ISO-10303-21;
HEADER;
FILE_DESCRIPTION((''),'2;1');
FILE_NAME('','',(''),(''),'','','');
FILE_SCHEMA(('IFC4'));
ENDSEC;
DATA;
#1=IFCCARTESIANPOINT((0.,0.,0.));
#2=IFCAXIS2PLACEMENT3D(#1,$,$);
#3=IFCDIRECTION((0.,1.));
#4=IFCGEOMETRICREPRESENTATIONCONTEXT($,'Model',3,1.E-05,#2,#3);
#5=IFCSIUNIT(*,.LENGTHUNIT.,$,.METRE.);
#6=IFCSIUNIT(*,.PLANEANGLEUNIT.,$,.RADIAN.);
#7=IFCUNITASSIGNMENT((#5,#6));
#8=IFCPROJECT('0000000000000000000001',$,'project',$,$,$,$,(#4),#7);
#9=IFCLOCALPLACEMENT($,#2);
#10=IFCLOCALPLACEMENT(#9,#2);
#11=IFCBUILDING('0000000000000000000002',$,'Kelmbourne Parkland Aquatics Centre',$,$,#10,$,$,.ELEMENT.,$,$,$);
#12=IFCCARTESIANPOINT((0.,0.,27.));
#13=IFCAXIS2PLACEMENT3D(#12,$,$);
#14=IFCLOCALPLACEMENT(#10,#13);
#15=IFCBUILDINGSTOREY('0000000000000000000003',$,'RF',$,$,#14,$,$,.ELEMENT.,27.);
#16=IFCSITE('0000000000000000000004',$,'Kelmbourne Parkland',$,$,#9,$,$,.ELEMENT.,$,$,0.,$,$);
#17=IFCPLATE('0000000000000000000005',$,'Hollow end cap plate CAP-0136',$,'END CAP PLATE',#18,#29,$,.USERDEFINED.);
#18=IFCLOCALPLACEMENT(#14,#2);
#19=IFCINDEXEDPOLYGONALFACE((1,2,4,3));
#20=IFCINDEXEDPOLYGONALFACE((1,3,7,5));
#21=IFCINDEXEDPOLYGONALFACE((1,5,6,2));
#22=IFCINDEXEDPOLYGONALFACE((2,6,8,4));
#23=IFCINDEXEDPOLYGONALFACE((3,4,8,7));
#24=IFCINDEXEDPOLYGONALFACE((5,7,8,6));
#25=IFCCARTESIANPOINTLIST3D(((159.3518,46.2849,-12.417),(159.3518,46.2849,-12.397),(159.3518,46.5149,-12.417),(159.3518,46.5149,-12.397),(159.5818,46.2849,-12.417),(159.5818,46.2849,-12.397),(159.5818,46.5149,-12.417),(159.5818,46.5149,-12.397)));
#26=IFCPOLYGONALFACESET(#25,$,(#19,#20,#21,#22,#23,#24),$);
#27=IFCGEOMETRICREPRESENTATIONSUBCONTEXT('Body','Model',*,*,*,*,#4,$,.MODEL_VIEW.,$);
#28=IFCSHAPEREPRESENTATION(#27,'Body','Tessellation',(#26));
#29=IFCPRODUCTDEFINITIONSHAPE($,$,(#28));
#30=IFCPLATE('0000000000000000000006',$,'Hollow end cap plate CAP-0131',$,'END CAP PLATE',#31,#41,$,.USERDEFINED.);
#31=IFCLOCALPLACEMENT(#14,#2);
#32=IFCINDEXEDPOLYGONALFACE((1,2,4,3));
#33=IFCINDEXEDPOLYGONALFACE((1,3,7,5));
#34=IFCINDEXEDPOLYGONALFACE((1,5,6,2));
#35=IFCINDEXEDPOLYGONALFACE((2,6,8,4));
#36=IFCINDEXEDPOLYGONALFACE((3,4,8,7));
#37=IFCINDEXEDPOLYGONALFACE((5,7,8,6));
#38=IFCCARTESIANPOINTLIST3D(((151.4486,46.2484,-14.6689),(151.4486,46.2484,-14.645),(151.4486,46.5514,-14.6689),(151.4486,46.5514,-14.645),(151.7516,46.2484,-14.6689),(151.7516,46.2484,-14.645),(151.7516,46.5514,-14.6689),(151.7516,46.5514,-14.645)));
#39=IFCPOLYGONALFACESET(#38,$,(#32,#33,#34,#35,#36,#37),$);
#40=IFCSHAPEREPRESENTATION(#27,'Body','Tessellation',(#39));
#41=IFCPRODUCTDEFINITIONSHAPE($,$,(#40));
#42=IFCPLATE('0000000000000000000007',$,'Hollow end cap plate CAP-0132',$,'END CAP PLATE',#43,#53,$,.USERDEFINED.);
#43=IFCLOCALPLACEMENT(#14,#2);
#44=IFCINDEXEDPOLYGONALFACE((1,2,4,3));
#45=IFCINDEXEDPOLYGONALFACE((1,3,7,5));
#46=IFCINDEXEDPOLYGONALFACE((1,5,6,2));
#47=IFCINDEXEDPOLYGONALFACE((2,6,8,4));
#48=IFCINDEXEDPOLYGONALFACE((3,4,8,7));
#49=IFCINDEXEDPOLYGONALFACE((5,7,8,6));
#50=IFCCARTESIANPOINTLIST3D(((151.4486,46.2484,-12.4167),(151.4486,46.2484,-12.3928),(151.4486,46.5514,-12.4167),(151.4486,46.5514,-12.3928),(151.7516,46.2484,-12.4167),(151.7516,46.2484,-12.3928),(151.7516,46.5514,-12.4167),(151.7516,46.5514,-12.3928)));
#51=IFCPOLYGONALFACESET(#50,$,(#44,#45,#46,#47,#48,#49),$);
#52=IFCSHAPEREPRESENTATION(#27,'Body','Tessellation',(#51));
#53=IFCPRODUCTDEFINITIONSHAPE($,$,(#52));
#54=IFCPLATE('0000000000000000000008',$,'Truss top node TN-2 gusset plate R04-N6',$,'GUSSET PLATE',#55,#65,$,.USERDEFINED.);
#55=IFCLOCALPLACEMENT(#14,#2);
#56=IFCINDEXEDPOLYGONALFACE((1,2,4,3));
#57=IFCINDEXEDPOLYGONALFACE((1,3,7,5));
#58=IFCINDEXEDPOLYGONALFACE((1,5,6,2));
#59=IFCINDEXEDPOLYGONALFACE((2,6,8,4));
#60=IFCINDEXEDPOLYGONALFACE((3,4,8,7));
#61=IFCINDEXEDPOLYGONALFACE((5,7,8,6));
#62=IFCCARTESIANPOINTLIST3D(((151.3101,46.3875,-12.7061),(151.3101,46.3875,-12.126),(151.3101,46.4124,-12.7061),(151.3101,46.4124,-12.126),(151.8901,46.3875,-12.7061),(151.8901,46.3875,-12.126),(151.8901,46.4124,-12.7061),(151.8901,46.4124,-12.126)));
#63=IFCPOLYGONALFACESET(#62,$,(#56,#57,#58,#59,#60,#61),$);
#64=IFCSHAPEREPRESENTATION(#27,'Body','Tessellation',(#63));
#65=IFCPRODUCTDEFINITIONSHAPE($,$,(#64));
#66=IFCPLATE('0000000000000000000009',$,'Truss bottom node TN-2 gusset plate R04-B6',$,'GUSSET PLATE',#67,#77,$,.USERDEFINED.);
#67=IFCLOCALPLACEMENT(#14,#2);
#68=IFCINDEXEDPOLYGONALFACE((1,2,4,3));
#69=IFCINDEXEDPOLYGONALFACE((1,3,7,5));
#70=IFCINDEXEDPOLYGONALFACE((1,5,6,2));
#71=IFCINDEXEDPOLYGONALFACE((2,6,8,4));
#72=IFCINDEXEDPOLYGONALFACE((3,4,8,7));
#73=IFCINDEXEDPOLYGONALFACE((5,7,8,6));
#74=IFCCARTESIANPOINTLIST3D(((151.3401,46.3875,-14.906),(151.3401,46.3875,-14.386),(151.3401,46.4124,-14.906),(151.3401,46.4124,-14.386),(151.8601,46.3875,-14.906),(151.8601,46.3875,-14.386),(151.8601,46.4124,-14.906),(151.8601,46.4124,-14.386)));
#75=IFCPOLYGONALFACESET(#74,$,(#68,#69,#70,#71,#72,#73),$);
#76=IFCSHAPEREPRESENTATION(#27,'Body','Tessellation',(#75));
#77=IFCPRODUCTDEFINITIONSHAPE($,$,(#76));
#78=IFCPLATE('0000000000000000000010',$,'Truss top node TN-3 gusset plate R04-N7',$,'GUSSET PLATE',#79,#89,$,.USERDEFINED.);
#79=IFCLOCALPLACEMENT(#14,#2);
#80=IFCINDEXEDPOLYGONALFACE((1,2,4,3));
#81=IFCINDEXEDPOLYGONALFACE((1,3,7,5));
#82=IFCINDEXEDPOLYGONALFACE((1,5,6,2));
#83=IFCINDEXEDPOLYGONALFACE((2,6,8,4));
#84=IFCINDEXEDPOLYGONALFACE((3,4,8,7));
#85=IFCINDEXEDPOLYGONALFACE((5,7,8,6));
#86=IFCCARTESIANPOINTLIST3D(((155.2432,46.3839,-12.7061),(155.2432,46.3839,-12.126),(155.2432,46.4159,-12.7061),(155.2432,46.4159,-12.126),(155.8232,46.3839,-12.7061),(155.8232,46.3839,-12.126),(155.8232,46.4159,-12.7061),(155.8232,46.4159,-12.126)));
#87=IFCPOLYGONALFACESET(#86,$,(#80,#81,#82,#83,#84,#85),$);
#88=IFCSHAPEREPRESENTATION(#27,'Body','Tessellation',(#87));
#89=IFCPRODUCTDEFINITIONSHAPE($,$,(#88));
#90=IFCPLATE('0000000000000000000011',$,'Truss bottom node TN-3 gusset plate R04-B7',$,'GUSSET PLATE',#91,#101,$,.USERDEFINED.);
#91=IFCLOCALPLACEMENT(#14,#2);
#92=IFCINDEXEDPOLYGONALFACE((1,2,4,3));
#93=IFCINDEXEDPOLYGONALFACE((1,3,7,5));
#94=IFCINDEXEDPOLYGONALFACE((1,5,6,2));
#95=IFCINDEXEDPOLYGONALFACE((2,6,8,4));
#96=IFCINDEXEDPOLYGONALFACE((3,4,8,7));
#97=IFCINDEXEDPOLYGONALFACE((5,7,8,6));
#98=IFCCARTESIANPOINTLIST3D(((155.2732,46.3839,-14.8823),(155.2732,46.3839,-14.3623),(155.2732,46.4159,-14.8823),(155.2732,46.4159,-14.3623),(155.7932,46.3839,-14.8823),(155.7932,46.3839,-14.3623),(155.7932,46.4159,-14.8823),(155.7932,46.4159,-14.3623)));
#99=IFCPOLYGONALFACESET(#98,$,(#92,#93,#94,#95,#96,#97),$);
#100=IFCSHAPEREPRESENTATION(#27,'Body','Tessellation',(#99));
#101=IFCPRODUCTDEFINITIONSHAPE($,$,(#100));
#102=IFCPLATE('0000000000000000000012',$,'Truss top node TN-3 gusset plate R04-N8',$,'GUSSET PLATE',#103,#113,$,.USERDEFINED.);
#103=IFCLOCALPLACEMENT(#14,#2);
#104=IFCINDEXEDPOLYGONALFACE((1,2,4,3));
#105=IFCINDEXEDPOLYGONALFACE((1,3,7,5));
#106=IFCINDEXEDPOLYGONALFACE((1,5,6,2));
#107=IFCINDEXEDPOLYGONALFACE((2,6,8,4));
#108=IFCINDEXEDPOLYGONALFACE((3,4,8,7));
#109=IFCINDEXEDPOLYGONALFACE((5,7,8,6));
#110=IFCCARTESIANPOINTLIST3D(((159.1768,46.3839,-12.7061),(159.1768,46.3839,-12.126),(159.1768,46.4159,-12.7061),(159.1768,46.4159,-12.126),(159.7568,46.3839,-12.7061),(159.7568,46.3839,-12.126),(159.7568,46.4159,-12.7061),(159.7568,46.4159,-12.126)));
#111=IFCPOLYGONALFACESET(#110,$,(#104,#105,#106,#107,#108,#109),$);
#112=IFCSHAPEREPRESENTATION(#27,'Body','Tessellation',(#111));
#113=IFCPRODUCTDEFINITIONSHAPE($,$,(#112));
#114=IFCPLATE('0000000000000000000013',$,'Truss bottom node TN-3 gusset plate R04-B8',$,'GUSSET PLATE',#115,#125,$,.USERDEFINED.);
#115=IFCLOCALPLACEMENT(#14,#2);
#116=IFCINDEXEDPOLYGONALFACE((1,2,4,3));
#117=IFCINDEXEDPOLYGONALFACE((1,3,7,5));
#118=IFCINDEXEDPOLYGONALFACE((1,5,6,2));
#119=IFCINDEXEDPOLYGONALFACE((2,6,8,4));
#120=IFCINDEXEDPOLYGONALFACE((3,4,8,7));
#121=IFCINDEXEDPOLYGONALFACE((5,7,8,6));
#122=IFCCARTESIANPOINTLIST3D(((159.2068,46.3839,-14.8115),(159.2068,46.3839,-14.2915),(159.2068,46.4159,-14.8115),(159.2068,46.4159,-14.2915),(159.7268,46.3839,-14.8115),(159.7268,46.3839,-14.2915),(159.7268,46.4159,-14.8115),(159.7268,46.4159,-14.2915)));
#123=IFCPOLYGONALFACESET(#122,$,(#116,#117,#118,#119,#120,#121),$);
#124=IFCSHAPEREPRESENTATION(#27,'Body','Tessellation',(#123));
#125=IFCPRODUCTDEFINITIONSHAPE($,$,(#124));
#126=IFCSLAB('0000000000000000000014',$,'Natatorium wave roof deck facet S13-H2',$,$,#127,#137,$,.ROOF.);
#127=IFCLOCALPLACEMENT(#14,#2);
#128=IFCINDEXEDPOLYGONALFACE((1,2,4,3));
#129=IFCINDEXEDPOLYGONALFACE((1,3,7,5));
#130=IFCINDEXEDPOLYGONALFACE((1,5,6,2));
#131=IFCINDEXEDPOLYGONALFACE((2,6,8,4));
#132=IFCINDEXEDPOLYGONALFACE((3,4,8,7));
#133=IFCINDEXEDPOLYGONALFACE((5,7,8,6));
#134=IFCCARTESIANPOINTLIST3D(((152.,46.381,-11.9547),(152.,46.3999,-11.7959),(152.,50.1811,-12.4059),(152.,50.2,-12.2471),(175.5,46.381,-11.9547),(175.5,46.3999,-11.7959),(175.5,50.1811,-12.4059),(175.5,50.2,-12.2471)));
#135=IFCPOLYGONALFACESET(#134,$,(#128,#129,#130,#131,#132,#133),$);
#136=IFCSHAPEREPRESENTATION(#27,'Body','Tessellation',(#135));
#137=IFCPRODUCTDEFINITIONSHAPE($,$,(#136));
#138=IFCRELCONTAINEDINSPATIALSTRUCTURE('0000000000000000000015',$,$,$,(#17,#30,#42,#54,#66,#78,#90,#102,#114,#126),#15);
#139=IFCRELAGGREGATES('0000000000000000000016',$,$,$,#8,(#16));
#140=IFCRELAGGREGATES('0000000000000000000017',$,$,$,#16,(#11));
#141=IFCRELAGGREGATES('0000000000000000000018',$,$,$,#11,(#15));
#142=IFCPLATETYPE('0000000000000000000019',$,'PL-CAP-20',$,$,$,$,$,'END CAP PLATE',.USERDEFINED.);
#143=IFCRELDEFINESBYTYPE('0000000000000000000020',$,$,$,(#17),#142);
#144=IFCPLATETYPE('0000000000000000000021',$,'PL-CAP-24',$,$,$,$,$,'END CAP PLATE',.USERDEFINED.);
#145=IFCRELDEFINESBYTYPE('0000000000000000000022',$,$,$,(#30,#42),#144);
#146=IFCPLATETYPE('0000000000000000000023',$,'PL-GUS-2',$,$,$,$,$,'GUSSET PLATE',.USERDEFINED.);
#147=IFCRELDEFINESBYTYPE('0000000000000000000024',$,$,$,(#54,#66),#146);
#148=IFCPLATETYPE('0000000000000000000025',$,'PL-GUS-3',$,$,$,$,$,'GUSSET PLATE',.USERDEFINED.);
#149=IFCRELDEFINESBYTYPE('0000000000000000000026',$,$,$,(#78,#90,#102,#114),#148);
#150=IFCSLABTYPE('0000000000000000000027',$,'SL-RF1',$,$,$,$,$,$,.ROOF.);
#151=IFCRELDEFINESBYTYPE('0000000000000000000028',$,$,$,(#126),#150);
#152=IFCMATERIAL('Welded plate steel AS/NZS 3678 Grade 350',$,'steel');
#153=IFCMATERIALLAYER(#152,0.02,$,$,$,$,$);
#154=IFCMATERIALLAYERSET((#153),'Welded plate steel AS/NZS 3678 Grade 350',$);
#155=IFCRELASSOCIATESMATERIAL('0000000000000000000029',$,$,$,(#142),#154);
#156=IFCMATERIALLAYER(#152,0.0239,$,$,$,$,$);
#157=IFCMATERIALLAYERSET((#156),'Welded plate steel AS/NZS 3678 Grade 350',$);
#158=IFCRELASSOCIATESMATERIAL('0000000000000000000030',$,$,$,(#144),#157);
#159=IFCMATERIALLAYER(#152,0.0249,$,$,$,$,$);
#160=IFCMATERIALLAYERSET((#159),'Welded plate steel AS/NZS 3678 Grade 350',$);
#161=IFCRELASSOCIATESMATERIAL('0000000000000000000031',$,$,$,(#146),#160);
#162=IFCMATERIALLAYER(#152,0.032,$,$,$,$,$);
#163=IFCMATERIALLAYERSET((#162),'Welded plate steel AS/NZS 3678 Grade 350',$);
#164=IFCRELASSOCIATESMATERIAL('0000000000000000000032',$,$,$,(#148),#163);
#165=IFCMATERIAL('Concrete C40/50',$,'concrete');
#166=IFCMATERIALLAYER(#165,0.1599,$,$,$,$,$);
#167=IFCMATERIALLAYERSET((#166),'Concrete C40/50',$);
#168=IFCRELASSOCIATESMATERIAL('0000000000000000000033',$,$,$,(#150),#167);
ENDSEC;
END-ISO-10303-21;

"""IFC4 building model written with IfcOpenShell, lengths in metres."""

from ifc_helpers import new_model, si_unit, direction, frame, origin, origin_2d, place, context, subcontext, project, spatial, polyline, rectangle, outline, extrude, material, layer, layer_set, type_object, element, save


model = new_model("IFC4")

# Units and contexts
model_context = context("Model", 3, precision=1e-05, world=origin(), true_north=direction((0.0, 1.0)))
body_context = subcontext(model_context, "Body", "Model", "MODEL_VIEW")
ifc_project = project(units=[si_unit("LENGTHUNIT", "METRE"), si_unit("PLANEANGLEUNIT", "RADIAN")], contexts=[model_context])

# Site, building, storey
site_placement = place(None, origin())
site = spatial("IfcSite", under=ifc_project, at=site_placement, Name="Kelmbourne Parkland", CompositionType="ELEMENT", RefElevation=0.0)
building_placement = place(site_placement, origin())
building = spatial("IfcBuilding", under=site, at=building_placement, Name="Kelmbourne Parkland Aquatics Centre", CompositionType="ELEMENT")
storey_placement = place(building_placement, frame((0.0, 0.0, 27.0)))
storey = spatial("IfcBuildingStorey", under=building, at=storey_placement, Name="RF", CompositionType="ELEMENT", Elevation=27.0)

# Shared definitions
ifc_material_1 = material(Name="Welded plate steel AS/NZS 3678 Grade 350", Category="steel")

# Plates
ifc_layer_1 = layer(ifc_material_1, 0.02)
ifc_layer_set_1 = layer_set([ifc_layer_1], Name="Welded plate steel AS/NZS 3678 Grade 350")
plate_type_1 = type_object("IfcPlateType", Name="PL-CAP-20", ElementType="END CAP PLATE", PredefinedType="USERDEFINED", material=ifc_layer_set_1)
for number, where, z_axis, x_axis, name in (
    (1, (159.4668, 46.3999, -12.417), (0.0, 0.0, 1.0), (1.0, 0.0, 0.0), "Hollow end cap plate CAP-0136"),
):
    element("IfcPlate", number, at=place(storey_placement, frame(where, z_axis=z_axis, x_axis=x_axis)), inside=storey, type_object=plate_type_1, Name=name, ObjectType="END CAP PLATE", PredefinedType="USERDEFINED", context=body_context, shape_type="SweptSolid", body=[
        extrude(rectangle(XDim=0.23, YDim=0.23, at=origin_2d()), origin(), (0.0, 0.0, 1.0), 0.02),
    ])
ifc_layer_2 = layer(ifc_material_1, 0.0239)
ifc_layer_set_2 = layer_set([ifc_layer_2], Name="Welded plate steel AS/NZS 3678 Grade 350")
plate_type_2 = type_object("IfcPlateType", Name="PL-CAP-24", ElementType="END CAP PLATE", PredefinedType="USERDEFINED", material=ifc_layer_set_2)
for number, where, z_axis, x_axis, name in (
    (2, (151.6001, 46.3999, -14.6689), (0.0, 0.0, 1.0), (1.0, 0.0, 0.0), "Hollow end cap plate CAP-0131"),
    (3, (151.6001, 46.3999, -12.4167), (0.0, 0.0, 1.0), (1.0, 0.0, 0.0), "Hollow end cap plate CAP-0132"),
):
    element("IfcPlate", number, at=place(storey_placement, frame(where, z_axis=z_axis, x_axis=x_axis)), inside=storey, type_object=plate_type_2, Name=name, ObjectType="END CAP PLATE", PredefinedType="USERDEFINED", context=body_context, shape_type="SweptSolid", body=[
        extrude(rectangle(XDim=0.303, YDim=0.303, at=origin_2d()), origin(), (0.0, 0.0, 1.0), 0.0239),
    ])
ifc_layer_3 = layer(ifc_material_1, 0.0249)
ifc_layer_set_3 = layer_set([ifc_layer_3], Name="Welded plate steel AS/NZS 3678 Grade 350")
plate_type_3 = type_object("IfcPlateType", Name="PL-GUS-2", ElementType="GUSSET PLATE", PredefinedType="USERDEFINED", material=ifc_layer_set_3)
plate_1_placement = place(storey_placement, frame((151.6001, 46.3999, -12.7061), z_axis=(0.0, 0.0, 1.0), x_axis=(1.0, 0.0, 0.0)))
element("IfcPlate", 4, at=plate_1_placement, inside=storey, type_object=plate_type_3, Name="Truss top node TN-2 gusset plate R04-N6", ObjectType="GUSSET PLATE", PredefinedType="USERDEFINED", context=body_context, shape_type="SweptSolid", body=[
    extrude(rectangle(XDim=0.5801, YDim=0.0249, at=origin_2d()), origin(), (0.0, 0.0, 1.0), 0.5801),
])
plate_2_placement = place(storey_placement, frame((151.6001, 46.3999, -14.906), z_axis=(0.0, 0.0, 1.0), x_axis=(1.0, 0.0, 0.0)))
element("IfcPlate", 5, at=plate_2_placement, inside=storey, type_object=plate_type_3, Name="Truss bottom node TN-2 gusset plate R04-B6", ObjectType="GUSSET PLATE", PredefinedType="USERDEFINED", context=body_context, shape_type="SweptSolid", body=[
    extrude(rectangle(XDim=0.52, YDim=0.0249, at=origin_2d()), origin(), (0.0, 0.0, 1.0), 0.52),
])
ifc_layer_4 = layer(ifc_material_1, 0.032)
ifc_layer_set_4 = layer_set([ifc_layer_4], Name="Welded plate steel AS/NZS 3678 Grade 350")
plate_type_4 = type_object("IfcPlateType", Name="PL-GUS-3", ElementType="GUSSET PLATE", PredefinedType="USERDEFINED", material=ifc_layer_set_4)
plate_3_placement = place(storey_placement, frame((155.5332, 46.3999, -12.7061), z_axis=(0.0, 0.0, 1.0), x_axis=(1.0, 0.0, 0.0)))
element("IfcPlate", 6, at=plate_3_placement, inside=storey, type_object=plate_type_4, Name="Truss top node TN-3 gusset plate R04-N7", ObjectType="GUSSET PLATE", PredefinedType="USERDEFINED", context=body_context, shape_type="SweptSolid", body=[
    extrude(rectangle(XDim=0.5801, YDim=0.032, at=origin_2d()), origin(), (0.0, 0.0, 1.0), 0.5801),
])
plate_4_placement = place(storey_placement, frame((155.5332, 46.3999, -14.8823), z_axis=(0.0, 0.0, 1.0), x_axis=(1.0, 0.0, 0.0)))
element("IfcPlate", 7, at=plate_4_placement, inside=storey, type_object=plate_type_4, Name="Truss bottom node TN-3 gusset plate R04-B7", ObjectType="GUSSET PLATE", PredefinedType="USERDEFINED", context=body_context, shape_type="SweptSolid", body=[
    extrude(rectangle(XDim=0.52, YDim=0.032, at=origin_2d()), origin(), (0.0, 0.0, 1.0), 0.52),
])
plate_5_placement = place(storey_placement, frame((159.4668, 46.3999, -12.7061), z_axis=(0.0, 0.0, 1.0), x_axis=(1.0, 0.0, 0.0)))
element("IfcPlate", 8, at=plate_5_placement, inside=storey, type_object=plate_type_4, Name="Truss top node TN-3 gusset plate R04-N8", ObjectType="GUSSET PLATE", PredefinedType="USERDEFINED", context=body_context, shape_type="SweptSolid", body=[
    extrude(rectangle(XDim=0.5801, YDim=0.032, at=origin_2d()), origin(), (0.0, 0.0, 1.0), 0.5801),
])
plate_6_placement = place(storey_placement, frame((159.4668, 46.3999, -14.8115), z_axis=(0.0, 0.0, 1.0), x_axis=(1.0, 0.0, 0.0)))
element("IfcPlate", 9, at=plate_6_placement, inside=storey, type_object=plate_type_4, Name="Truss bottom node TN-3 gusset plate R04-B8", ObjectType="GUSSET PLATE", PredefinedType="USERDEFINED", context=body_context, shape_type="SweptSolid", body=[
    extrude(rectangle(XDim=0.52, YDim=0.032, at=origin_2d()), origin(), (0.0, 0.0, 1.0), 0.52),
])

# Slab
ifc_material_2 = material(Name="Concrete C40/50", Category="concrete")
ifc_layer_5 = layer(ifc_material_2, 0.1599)
ifc_layer_set_5 = layer_set([ifc_layer_5], Name="Concrete C40/50")
slab_type = type_object("IfcSlabType", Name="SL-RF1", PredefinedType="ROOF", material=ifc_layer_set_5)
slab_placement = place(storey_placement, frame((152.0, 46.3999, -11.7959), z_axis=(0.0, 0.1179, 0.993025), x_axis=(1.0, 0.0, 0.0)))
element("IfcSlab", 10, at=slab_placement, inside=storey, type_object=slab_type, Name="Natatorium wave roof deck facet S13-H2", PredefinedType="ROOF", context=body_context, shape_type="SweptSolid", body=[
    extrude(outline(polyline([(0.0, 0.0), (23.5, 0.0), (23.5, 3.8267), (0.0, 3.8267), (0.0, 0.0)])), origin(), (0.0, 0.0, -1.0), 0.1599),
])

save(model, "model.ifc")
